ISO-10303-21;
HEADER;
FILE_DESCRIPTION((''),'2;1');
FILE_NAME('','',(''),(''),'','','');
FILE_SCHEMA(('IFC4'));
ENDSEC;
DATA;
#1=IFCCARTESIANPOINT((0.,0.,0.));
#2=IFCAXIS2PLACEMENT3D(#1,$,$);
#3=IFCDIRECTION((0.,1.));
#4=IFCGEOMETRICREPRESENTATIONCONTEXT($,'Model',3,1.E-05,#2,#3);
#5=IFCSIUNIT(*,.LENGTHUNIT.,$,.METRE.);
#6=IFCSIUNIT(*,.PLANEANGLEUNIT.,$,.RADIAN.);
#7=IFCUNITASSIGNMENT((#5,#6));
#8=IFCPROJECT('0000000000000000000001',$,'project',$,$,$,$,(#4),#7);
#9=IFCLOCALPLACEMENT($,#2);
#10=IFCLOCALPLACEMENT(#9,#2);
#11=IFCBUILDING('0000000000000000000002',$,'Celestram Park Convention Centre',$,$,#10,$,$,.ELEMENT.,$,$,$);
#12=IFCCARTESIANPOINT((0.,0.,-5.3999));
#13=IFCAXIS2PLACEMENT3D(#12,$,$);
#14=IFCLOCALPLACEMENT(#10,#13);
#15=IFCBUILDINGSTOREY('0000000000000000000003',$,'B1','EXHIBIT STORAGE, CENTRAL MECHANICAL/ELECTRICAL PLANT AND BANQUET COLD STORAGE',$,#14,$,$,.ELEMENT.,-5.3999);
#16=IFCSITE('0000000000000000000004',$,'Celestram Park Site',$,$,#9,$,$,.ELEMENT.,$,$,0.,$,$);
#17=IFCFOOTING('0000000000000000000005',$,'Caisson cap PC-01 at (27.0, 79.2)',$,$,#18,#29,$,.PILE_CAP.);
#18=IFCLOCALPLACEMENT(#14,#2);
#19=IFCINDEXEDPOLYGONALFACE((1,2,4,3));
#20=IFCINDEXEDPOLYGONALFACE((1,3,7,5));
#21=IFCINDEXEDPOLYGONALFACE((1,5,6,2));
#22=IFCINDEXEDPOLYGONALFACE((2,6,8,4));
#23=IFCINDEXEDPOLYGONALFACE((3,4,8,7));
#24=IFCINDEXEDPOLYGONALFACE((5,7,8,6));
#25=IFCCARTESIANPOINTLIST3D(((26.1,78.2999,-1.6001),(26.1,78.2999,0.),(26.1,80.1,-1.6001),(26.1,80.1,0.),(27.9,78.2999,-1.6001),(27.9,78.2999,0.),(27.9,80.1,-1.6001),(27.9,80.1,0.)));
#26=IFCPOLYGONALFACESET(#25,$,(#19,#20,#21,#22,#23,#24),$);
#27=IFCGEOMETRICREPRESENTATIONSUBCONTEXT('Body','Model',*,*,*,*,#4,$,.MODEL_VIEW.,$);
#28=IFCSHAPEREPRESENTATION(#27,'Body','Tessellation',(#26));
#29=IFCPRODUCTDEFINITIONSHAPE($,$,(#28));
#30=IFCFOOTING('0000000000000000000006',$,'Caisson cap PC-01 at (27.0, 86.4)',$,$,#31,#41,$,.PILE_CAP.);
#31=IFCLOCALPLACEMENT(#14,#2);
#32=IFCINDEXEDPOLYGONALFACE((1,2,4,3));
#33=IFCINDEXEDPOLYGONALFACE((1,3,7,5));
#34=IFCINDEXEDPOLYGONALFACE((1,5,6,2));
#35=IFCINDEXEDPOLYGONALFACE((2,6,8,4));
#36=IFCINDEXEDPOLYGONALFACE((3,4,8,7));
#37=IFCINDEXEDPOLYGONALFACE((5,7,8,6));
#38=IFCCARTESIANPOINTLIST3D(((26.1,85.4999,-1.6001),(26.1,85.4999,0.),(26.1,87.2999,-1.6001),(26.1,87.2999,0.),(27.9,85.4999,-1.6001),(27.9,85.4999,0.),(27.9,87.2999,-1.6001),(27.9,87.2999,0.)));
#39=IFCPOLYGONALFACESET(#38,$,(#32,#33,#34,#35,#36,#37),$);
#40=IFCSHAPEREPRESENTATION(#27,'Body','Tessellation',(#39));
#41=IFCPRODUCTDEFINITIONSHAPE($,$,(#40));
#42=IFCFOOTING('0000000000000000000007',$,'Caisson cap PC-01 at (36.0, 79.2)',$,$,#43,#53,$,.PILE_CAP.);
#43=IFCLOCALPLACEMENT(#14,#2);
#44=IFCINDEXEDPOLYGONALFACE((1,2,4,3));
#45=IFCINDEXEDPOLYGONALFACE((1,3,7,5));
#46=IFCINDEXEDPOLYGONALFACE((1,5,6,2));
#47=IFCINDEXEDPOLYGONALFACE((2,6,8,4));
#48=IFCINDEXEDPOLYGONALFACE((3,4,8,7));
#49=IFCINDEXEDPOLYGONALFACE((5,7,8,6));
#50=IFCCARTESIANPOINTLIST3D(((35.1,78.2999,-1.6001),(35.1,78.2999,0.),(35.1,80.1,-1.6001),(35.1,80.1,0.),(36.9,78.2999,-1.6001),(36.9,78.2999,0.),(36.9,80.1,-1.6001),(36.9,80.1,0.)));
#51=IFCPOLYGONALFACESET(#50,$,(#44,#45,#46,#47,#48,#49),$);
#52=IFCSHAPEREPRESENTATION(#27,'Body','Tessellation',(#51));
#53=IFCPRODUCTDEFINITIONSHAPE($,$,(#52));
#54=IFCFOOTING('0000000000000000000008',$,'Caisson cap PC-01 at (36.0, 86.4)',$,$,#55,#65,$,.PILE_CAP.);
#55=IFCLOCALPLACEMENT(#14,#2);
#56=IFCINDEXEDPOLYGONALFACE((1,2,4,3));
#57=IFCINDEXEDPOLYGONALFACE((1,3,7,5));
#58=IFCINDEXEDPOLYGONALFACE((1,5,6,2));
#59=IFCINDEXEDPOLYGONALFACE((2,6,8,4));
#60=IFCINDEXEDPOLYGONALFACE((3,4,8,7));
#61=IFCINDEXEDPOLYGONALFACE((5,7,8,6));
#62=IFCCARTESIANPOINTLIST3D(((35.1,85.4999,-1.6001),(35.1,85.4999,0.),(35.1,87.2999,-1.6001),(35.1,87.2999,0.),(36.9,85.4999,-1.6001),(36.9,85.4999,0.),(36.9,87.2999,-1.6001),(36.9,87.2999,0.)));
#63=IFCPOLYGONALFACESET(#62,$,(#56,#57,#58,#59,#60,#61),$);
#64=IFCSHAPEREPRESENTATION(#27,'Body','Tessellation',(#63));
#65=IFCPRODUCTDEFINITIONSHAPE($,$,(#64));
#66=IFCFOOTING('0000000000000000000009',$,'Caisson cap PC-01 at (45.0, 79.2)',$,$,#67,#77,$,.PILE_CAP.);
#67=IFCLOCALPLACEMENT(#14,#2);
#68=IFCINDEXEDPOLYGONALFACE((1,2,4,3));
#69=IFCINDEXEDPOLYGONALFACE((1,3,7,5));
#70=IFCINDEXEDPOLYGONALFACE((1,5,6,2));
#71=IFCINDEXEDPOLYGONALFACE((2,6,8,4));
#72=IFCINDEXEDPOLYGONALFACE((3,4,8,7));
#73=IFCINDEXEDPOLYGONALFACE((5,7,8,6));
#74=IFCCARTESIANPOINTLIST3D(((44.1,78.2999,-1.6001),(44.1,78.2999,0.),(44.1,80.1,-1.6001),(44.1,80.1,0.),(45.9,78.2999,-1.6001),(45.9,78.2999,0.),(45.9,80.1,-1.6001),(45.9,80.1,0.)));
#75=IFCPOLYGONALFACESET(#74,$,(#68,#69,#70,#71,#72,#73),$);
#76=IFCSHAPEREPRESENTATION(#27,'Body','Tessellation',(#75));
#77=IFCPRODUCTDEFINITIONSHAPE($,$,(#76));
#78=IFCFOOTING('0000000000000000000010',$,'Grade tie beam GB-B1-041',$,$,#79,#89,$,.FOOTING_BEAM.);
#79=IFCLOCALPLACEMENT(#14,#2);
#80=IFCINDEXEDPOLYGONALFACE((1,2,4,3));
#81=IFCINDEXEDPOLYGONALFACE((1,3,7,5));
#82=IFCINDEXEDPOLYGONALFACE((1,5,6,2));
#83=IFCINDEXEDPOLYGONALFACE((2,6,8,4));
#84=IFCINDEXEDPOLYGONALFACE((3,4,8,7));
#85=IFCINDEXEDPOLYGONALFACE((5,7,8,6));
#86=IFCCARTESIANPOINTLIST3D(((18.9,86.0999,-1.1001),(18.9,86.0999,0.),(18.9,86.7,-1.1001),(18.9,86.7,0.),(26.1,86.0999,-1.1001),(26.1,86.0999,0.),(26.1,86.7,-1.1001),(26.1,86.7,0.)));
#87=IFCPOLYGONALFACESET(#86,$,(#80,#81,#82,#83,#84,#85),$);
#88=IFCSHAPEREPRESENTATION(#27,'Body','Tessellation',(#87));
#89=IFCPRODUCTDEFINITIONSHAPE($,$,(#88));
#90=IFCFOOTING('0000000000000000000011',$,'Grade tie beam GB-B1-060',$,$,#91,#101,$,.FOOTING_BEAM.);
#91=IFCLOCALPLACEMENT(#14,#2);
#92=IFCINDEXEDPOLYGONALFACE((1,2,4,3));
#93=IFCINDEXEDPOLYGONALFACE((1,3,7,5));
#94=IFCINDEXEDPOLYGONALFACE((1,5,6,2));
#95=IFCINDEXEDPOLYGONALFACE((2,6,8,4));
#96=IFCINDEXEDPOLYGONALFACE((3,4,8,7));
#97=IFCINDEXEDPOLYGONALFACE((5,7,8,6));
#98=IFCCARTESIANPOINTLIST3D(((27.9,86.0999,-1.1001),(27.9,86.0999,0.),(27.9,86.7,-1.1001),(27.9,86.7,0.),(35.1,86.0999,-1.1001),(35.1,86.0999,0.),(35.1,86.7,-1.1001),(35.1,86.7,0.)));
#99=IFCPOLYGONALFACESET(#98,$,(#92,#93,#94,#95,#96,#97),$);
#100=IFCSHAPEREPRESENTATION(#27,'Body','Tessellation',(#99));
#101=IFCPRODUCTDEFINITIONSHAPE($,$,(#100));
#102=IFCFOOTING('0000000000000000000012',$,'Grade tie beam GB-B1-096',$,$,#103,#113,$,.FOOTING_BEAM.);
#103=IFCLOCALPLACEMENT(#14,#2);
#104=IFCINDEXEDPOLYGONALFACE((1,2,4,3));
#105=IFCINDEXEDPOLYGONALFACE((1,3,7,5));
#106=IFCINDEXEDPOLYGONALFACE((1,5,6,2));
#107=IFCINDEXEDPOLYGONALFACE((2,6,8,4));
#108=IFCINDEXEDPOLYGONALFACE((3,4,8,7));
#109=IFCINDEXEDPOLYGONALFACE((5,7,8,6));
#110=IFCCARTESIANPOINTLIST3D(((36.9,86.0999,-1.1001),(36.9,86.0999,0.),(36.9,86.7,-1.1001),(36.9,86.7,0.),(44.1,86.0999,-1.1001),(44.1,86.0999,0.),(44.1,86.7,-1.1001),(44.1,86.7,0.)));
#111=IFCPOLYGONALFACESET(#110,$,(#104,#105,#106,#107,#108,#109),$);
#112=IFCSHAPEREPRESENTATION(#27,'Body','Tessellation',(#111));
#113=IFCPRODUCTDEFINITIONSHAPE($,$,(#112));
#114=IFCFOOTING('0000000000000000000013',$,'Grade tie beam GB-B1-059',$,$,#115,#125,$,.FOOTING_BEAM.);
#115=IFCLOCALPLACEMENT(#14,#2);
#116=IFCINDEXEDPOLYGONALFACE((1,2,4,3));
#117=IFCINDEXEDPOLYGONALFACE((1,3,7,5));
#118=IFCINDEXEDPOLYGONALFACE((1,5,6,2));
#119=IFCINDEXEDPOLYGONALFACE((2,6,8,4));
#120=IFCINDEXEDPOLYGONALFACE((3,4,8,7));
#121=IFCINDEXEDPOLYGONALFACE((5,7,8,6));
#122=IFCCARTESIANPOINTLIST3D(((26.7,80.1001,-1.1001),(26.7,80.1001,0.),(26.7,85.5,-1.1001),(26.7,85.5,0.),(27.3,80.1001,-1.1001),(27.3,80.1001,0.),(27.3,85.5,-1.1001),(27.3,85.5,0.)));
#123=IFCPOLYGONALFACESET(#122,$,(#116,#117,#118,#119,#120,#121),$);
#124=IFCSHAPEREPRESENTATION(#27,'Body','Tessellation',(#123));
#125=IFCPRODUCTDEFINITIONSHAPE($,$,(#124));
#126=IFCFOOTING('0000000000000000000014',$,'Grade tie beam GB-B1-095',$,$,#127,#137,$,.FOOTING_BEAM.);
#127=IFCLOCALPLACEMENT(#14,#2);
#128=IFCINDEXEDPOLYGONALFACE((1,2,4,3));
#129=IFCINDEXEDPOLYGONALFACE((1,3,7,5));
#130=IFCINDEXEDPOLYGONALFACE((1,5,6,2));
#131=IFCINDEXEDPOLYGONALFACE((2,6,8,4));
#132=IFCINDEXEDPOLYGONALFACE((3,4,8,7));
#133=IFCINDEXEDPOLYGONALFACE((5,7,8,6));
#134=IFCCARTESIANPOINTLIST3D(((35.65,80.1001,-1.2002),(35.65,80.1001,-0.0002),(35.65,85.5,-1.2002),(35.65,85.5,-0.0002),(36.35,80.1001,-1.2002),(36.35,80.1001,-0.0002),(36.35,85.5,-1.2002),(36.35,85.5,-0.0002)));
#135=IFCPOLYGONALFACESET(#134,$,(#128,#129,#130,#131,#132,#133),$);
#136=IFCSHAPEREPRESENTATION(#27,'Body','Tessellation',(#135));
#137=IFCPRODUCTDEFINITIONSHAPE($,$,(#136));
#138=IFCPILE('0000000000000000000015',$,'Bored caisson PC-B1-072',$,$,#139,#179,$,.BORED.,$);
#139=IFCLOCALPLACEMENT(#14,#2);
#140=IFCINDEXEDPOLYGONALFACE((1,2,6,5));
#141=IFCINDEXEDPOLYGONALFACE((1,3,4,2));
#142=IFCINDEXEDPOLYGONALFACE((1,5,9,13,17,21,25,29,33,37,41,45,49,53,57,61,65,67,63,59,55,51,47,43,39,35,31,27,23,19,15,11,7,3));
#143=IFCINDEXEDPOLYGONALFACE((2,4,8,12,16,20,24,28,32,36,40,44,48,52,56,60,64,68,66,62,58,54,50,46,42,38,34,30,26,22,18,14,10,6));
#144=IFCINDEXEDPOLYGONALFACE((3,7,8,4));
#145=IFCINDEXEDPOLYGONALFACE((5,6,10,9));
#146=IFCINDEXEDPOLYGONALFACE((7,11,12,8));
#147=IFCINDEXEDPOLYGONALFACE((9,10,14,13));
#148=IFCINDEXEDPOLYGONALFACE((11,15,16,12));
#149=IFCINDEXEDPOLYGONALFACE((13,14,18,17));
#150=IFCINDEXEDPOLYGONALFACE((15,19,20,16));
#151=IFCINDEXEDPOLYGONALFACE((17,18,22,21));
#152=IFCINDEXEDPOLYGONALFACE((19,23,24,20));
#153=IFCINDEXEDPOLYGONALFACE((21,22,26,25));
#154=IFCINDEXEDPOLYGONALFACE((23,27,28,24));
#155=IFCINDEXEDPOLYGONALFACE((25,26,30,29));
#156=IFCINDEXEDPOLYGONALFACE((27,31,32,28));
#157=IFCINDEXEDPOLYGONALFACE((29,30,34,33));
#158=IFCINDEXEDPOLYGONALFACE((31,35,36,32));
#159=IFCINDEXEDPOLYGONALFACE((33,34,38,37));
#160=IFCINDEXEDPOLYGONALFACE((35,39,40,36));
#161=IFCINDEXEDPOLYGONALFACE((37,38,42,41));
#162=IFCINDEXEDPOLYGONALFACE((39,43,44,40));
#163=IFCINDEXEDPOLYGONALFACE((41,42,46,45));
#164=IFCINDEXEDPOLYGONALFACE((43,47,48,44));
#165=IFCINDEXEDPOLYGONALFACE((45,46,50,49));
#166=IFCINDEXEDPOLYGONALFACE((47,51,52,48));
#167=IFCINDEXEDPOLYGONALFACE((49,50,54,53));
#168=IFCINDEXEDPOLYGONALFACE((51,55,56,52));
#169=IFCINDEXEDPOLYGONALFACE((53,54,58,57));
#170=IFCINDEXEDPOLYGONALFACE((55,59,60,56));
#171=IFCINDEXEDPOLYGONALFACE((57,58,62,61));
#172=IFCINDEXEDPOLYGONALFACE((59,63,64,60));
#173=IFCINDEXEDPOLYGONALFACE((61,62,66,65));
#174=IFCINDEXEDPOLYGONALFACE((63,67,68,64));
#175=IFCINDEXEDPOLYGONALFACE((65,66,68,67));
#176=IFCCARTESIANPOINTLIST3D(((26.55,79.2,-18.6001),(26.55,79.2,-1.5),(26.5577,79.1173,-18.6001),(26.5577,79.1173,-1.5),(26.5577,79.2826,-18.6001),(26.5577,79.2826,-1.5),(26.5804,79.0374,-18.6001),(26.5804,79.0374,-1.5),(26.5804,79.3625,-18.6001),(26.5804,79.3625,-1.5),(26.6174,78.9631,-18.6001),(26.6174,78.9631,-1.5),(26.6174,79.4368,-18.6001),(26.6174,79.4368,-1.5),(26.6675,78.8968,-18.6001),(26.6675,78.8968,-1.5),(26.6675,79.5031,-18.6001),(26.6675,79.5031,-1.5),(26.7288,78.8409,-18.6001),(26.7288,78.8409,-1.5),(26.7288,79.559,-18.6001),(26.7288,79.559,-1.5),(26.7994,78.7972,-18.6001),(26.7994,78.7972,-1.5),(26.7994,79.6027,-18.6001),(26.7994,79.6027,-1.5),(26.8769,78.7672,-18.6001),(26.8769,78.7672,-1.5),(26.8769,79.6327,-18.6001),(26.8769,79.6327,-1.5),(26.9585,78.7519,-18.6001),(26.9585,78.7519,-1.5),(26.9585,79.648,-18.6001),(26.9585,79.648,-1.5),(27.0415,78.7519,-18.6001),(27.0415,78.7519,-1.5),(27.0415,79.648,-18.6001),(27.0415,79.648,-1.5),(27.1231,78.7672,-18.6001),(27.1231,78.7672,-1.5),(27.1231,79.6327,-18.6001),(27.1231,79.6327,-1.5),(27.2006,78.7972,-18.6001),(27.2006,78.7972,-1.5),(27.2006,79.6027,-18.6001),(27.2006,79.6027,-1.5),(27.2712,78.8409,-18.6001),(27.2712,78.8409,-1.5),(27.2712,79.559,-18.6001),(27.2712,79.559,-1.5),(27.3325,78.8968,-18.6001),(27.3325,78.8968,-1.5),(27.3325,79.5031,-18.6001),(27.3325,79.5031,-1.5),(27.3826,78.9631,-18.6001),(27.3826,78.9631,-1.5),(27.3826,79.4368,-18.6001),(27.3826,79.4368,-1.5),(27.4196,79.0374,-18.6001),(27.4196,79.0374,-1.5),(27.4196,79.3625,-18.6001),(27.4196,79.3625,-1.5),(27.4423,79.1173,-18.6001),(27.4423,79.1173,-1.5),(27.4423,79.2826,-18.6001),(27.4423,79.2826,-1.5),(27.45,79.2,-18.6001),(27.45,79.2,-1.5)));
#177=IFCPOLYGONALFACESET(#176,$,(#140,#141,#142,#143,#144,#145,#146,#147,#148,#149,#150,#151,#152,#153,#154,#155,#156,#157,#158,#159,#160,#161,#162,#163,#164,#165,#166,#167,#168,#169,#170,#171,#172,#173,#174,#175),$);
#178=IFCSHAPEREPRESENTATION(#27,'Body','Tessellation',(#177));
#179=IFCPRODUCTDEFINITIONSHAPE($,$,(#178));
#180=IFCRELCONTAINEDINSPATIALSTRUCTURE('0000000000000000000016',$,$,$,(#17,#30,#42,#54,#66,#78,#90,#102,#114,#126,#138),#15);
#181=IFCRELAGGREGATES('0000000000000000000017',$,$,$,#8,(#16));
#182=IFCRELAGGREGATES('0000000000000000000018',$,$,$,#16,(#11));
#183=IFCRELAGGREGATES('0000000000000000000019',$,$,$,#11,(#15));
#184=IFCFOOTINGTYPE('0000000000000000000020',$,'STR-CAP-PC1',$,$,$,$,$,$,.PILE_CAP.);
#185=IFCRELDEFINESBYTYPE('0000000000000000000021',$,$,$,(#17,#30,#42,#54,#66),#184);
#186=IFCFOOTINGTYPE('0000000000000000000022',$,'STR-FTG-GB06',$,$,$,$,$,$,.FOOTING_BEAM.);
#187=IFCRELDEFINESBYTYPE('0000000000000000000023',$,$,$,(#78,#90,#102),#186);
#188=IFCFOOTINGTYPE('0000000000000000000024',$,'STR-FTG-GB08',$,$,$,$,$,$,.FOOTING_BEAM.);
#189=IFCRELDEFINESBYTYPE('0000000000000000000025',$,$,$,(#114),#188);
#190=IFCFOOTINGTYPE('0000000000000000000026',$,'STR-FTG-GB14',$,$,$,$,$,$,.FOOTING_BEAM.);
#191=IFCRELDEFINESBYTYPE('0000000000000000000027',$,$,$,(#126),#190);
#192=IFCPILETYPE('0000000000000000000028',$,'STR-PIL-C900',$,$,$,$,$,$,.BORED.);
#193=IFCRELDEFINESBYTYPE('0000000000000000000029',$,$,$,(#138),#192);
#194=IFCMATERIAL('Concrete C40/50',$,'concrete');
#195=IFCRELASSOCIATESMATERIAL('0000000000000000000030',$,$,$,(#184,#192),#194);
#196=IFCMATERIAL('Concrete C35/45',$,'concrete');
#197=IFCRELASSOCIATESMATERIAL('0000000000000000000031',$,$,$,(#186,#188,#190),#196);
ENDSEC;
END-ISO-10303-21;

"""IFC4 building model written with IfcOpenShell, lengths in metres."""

from ifc_helpers import new_model, si_unit, direction, frame, origin, origin_2d, place, context, subcontext, project, spatial, rectangle, circle, extrude, material, material_profile, profile_set, type_object, element, save


model = new_model("IFC4")

# Units and contexts
model_context = context("Model", 3, precision=1e-05, world=origin(), true_north=direction((0.0, 1.0)))
body_context = subcontext(model_context, "Body", "Model", "MODEL_VIEW")
ifc_project = project(units=[si_unit("LENGTHUNIT", "METRE"), si_unit("PLANEANGLEUNIT", "RADIAN")], contexts=[model_context])

# Site, building, storey
site_placement = place(None, origin())
site = spatial("IfcSite", under=ifc_project, at=site_placement, Name="Celestram Park Site", CompositionType="ELEMENT", RefElevation=0.0)
building_placement = place(site_placement, origin())
building = spatial("IfcBuilding", under=site, at=building_placement, Name="Celestram Park Convention Centre", CompositionType="ELEMENT")
storey_placement = place(building_placement, frame((0.0, 0.0, -5.3999)))
storey = spatial("IfcBuildingStorey", under=building, at=storey_placement, Name="B1", Description="EXHIBIT STORAGE, CENTRAL MECHANICAL/ELECTRICAL PLANT AND BANQUET COLD STORAGE", CompositionType="ELEMENT", Elevation=-5.3999)

# Footings
ifc_material_1 = material(Name="Concrete C40/50", Category="concrete")
footing_type_1 = type_object("IfcFootingType", Name="STR-CAP-PC1", PredefinedType="PILE_CAP", material=ifc_material_1)
for number, where, z_axis, x_axis, name in (
    (1, (27.0, 79.2, -1.6001), (0.0, 0.0, 1.0), (1.0, 0.0, 0.0), "Caisson cap PC-01 at (27.0, 79.2)"),
    (2, (27.0, 86.3999, -1.6001), (0.0, 0.0, 1.0), (1.0, 0.0, 0.0), "Caisson cap PC-01 at (27.0, 86.4)"),
    (3, (36.0, 79.2, -1.6001), (0.0, 0.0, 1.0), (1.0, 0.0, 0.0), "Caisson cap PC-01 at (36.0, 79.2)"),
    (4, (36.0, 86.3999, -1.6001), (0.0, 0.0, 1.0), (1.0, 0.0, 0.0), "Caisson cap PC-01 at (36.0, 86.4)"),
    (5, (45.0, 79.2, -1.6001), (0.0, 0.0, 1.0), (1.0, 0.0, 0.0), "Caisson cap PC-01 at (45.0, 79.2)"),
):
    element("IfcFooting", number, at=place(storey_placement, frame(where, z_axis=z_axis, x_axis=x_axis)), inside=storey, type_object=footing_type_1, Name=name, PredefinedType="PILE_CAP", context=body_context, shape_type="SweptSolid", body=[
        extrude(rectangle(XDim=1.8, YDim=1.8, at=origin_2d()), origin(), (0.0, 0.0, 1.0), 1.6001),
    ])
ifc_material_2 = material(Name="Concrete C35/45", Category="concrete")
footing_type_2 = type_object("IfcFootingType", Name="STR-FTG-GB06", PredefinedType="FOOTING_BEAM", material=ifc_material_2)
for number, where, z_axis, x_axis, name in (
    (6, (22.5, 86.3999, -1.1001), (0.0, 0.0, 1.0), (1.0, 0.0, 0.0), "Grade tie beam GB-B1-041"),
    (7, (31.5, 86.3999, -1.1001), (0.0, 0.0, 1.0), (1.0, 0.0, 0.0), "Grade tie beam GB-B1-060"),
    (8, (40.5, 86.3999, -1.1001), (0.0, 0.0, 1.0), (1.0, 0.0, 0.0), "Grade tie beam GB-B1-096"),
):
    element("IfcFooting", number, at=place(storey_placement, frame(where, z_axis=z_axis, x_axis=x_axis)), inside=storey, type_object=footing_type_2, Name=name, PredefinedType="FOOTING_BEAM", context=body_context, shape_type="SweptSolid", body=[
        extrude(rectangle(XDim=7.2, YDim=0.6001, at=origin_2d()), origin(), (0.0, 0.0, 1.0), 1.1001),
    ])
footing_type_3 = type_object("IfcFootingType", Name="STR-FTG-GB08", PredefinedType="FOOTING_BEAM", material=ifc_material_2)
footing_1_placement = place(storey_placement, frame((27.0, 82.8, -1.1001), z_axis=(0.0, 0.0, 1.0), x_axis=(0.0, 1.0, 0.0)))
element("IfcFooting", 9, at=footing_1_placement, inside=storey, type_object=footing_type_3, Name="Grade tie beam GB-B1-059", PredefinedType="FOOTING_BEAM", context=body_context, shape_type="SweptSolid", body=[
    extrude(rectangle(XDim=5.3999, YDim=0.6001, at=origin_2d()), origin(), (0.0, 0.0, 1.0), 1.1001),
])
footing_type_4 = type_object("IfcFootingType", Name="STR-FTG-GB14", PredefinedType="FOOTING_BEAM", material=ifc_material_2)
footing_2_placement = place(storey_placement, frame((36.0, 82.8, -1.2002), z_axis=(0.0, 0.0, 1.0), x_axis=(0.0, 1.0, 0.0)))
element("IfcFooting", 10, at=footing_2_placement, inside=storey, type_object=footing_type_4, Name="Grade tie beam GB-B1-095", PredefinedType="FOOTING_BEAM", context=body_context, shape_type="SweptSolid", body=[
    extrude(rectangle(XDim=5.3999, YDim=0.7, at=origin_2d()), origin(), (0.0, 0.0, 1.0), 1.2),
])

# Pile
ifc_material_profile_1 = material_profile(ifc_material_1, circle(Radius=0.45, at=origin_2d()), Name="CAISSON900")
ifc_profile_set_1 = profile_set([ifc_material_profile_1], Name="Concrete C40/50")
pile_type = type_object("IfcPileType", Name="STR-PIL-C900", PredefinedType="BORED", material=ifc_profile_set_1)
for number, where, z_axis, x_axis, name in (
    (11, (27.0, 79.2, -1.5), (0.0, 0.0, -1.0), (1.0, 0.0, 0.0), "Bored caisson PC-B1-072"),
):
    element("IfcPile", number, at=place(storey_placement, frame(where, z_axis=z_axis, x_axis=x_axis)), inside=storey, type_object=pile_type, Name=name, PredefinedType="BORED", context=body_context, shape_type="SweptSolid", body=[
        extrude(circle(Radius=0.45, at=origin_2d()), origin(), (0.0, 0.0, 1.0), 17.1001),
    ])

save(model, "model.ifc")
